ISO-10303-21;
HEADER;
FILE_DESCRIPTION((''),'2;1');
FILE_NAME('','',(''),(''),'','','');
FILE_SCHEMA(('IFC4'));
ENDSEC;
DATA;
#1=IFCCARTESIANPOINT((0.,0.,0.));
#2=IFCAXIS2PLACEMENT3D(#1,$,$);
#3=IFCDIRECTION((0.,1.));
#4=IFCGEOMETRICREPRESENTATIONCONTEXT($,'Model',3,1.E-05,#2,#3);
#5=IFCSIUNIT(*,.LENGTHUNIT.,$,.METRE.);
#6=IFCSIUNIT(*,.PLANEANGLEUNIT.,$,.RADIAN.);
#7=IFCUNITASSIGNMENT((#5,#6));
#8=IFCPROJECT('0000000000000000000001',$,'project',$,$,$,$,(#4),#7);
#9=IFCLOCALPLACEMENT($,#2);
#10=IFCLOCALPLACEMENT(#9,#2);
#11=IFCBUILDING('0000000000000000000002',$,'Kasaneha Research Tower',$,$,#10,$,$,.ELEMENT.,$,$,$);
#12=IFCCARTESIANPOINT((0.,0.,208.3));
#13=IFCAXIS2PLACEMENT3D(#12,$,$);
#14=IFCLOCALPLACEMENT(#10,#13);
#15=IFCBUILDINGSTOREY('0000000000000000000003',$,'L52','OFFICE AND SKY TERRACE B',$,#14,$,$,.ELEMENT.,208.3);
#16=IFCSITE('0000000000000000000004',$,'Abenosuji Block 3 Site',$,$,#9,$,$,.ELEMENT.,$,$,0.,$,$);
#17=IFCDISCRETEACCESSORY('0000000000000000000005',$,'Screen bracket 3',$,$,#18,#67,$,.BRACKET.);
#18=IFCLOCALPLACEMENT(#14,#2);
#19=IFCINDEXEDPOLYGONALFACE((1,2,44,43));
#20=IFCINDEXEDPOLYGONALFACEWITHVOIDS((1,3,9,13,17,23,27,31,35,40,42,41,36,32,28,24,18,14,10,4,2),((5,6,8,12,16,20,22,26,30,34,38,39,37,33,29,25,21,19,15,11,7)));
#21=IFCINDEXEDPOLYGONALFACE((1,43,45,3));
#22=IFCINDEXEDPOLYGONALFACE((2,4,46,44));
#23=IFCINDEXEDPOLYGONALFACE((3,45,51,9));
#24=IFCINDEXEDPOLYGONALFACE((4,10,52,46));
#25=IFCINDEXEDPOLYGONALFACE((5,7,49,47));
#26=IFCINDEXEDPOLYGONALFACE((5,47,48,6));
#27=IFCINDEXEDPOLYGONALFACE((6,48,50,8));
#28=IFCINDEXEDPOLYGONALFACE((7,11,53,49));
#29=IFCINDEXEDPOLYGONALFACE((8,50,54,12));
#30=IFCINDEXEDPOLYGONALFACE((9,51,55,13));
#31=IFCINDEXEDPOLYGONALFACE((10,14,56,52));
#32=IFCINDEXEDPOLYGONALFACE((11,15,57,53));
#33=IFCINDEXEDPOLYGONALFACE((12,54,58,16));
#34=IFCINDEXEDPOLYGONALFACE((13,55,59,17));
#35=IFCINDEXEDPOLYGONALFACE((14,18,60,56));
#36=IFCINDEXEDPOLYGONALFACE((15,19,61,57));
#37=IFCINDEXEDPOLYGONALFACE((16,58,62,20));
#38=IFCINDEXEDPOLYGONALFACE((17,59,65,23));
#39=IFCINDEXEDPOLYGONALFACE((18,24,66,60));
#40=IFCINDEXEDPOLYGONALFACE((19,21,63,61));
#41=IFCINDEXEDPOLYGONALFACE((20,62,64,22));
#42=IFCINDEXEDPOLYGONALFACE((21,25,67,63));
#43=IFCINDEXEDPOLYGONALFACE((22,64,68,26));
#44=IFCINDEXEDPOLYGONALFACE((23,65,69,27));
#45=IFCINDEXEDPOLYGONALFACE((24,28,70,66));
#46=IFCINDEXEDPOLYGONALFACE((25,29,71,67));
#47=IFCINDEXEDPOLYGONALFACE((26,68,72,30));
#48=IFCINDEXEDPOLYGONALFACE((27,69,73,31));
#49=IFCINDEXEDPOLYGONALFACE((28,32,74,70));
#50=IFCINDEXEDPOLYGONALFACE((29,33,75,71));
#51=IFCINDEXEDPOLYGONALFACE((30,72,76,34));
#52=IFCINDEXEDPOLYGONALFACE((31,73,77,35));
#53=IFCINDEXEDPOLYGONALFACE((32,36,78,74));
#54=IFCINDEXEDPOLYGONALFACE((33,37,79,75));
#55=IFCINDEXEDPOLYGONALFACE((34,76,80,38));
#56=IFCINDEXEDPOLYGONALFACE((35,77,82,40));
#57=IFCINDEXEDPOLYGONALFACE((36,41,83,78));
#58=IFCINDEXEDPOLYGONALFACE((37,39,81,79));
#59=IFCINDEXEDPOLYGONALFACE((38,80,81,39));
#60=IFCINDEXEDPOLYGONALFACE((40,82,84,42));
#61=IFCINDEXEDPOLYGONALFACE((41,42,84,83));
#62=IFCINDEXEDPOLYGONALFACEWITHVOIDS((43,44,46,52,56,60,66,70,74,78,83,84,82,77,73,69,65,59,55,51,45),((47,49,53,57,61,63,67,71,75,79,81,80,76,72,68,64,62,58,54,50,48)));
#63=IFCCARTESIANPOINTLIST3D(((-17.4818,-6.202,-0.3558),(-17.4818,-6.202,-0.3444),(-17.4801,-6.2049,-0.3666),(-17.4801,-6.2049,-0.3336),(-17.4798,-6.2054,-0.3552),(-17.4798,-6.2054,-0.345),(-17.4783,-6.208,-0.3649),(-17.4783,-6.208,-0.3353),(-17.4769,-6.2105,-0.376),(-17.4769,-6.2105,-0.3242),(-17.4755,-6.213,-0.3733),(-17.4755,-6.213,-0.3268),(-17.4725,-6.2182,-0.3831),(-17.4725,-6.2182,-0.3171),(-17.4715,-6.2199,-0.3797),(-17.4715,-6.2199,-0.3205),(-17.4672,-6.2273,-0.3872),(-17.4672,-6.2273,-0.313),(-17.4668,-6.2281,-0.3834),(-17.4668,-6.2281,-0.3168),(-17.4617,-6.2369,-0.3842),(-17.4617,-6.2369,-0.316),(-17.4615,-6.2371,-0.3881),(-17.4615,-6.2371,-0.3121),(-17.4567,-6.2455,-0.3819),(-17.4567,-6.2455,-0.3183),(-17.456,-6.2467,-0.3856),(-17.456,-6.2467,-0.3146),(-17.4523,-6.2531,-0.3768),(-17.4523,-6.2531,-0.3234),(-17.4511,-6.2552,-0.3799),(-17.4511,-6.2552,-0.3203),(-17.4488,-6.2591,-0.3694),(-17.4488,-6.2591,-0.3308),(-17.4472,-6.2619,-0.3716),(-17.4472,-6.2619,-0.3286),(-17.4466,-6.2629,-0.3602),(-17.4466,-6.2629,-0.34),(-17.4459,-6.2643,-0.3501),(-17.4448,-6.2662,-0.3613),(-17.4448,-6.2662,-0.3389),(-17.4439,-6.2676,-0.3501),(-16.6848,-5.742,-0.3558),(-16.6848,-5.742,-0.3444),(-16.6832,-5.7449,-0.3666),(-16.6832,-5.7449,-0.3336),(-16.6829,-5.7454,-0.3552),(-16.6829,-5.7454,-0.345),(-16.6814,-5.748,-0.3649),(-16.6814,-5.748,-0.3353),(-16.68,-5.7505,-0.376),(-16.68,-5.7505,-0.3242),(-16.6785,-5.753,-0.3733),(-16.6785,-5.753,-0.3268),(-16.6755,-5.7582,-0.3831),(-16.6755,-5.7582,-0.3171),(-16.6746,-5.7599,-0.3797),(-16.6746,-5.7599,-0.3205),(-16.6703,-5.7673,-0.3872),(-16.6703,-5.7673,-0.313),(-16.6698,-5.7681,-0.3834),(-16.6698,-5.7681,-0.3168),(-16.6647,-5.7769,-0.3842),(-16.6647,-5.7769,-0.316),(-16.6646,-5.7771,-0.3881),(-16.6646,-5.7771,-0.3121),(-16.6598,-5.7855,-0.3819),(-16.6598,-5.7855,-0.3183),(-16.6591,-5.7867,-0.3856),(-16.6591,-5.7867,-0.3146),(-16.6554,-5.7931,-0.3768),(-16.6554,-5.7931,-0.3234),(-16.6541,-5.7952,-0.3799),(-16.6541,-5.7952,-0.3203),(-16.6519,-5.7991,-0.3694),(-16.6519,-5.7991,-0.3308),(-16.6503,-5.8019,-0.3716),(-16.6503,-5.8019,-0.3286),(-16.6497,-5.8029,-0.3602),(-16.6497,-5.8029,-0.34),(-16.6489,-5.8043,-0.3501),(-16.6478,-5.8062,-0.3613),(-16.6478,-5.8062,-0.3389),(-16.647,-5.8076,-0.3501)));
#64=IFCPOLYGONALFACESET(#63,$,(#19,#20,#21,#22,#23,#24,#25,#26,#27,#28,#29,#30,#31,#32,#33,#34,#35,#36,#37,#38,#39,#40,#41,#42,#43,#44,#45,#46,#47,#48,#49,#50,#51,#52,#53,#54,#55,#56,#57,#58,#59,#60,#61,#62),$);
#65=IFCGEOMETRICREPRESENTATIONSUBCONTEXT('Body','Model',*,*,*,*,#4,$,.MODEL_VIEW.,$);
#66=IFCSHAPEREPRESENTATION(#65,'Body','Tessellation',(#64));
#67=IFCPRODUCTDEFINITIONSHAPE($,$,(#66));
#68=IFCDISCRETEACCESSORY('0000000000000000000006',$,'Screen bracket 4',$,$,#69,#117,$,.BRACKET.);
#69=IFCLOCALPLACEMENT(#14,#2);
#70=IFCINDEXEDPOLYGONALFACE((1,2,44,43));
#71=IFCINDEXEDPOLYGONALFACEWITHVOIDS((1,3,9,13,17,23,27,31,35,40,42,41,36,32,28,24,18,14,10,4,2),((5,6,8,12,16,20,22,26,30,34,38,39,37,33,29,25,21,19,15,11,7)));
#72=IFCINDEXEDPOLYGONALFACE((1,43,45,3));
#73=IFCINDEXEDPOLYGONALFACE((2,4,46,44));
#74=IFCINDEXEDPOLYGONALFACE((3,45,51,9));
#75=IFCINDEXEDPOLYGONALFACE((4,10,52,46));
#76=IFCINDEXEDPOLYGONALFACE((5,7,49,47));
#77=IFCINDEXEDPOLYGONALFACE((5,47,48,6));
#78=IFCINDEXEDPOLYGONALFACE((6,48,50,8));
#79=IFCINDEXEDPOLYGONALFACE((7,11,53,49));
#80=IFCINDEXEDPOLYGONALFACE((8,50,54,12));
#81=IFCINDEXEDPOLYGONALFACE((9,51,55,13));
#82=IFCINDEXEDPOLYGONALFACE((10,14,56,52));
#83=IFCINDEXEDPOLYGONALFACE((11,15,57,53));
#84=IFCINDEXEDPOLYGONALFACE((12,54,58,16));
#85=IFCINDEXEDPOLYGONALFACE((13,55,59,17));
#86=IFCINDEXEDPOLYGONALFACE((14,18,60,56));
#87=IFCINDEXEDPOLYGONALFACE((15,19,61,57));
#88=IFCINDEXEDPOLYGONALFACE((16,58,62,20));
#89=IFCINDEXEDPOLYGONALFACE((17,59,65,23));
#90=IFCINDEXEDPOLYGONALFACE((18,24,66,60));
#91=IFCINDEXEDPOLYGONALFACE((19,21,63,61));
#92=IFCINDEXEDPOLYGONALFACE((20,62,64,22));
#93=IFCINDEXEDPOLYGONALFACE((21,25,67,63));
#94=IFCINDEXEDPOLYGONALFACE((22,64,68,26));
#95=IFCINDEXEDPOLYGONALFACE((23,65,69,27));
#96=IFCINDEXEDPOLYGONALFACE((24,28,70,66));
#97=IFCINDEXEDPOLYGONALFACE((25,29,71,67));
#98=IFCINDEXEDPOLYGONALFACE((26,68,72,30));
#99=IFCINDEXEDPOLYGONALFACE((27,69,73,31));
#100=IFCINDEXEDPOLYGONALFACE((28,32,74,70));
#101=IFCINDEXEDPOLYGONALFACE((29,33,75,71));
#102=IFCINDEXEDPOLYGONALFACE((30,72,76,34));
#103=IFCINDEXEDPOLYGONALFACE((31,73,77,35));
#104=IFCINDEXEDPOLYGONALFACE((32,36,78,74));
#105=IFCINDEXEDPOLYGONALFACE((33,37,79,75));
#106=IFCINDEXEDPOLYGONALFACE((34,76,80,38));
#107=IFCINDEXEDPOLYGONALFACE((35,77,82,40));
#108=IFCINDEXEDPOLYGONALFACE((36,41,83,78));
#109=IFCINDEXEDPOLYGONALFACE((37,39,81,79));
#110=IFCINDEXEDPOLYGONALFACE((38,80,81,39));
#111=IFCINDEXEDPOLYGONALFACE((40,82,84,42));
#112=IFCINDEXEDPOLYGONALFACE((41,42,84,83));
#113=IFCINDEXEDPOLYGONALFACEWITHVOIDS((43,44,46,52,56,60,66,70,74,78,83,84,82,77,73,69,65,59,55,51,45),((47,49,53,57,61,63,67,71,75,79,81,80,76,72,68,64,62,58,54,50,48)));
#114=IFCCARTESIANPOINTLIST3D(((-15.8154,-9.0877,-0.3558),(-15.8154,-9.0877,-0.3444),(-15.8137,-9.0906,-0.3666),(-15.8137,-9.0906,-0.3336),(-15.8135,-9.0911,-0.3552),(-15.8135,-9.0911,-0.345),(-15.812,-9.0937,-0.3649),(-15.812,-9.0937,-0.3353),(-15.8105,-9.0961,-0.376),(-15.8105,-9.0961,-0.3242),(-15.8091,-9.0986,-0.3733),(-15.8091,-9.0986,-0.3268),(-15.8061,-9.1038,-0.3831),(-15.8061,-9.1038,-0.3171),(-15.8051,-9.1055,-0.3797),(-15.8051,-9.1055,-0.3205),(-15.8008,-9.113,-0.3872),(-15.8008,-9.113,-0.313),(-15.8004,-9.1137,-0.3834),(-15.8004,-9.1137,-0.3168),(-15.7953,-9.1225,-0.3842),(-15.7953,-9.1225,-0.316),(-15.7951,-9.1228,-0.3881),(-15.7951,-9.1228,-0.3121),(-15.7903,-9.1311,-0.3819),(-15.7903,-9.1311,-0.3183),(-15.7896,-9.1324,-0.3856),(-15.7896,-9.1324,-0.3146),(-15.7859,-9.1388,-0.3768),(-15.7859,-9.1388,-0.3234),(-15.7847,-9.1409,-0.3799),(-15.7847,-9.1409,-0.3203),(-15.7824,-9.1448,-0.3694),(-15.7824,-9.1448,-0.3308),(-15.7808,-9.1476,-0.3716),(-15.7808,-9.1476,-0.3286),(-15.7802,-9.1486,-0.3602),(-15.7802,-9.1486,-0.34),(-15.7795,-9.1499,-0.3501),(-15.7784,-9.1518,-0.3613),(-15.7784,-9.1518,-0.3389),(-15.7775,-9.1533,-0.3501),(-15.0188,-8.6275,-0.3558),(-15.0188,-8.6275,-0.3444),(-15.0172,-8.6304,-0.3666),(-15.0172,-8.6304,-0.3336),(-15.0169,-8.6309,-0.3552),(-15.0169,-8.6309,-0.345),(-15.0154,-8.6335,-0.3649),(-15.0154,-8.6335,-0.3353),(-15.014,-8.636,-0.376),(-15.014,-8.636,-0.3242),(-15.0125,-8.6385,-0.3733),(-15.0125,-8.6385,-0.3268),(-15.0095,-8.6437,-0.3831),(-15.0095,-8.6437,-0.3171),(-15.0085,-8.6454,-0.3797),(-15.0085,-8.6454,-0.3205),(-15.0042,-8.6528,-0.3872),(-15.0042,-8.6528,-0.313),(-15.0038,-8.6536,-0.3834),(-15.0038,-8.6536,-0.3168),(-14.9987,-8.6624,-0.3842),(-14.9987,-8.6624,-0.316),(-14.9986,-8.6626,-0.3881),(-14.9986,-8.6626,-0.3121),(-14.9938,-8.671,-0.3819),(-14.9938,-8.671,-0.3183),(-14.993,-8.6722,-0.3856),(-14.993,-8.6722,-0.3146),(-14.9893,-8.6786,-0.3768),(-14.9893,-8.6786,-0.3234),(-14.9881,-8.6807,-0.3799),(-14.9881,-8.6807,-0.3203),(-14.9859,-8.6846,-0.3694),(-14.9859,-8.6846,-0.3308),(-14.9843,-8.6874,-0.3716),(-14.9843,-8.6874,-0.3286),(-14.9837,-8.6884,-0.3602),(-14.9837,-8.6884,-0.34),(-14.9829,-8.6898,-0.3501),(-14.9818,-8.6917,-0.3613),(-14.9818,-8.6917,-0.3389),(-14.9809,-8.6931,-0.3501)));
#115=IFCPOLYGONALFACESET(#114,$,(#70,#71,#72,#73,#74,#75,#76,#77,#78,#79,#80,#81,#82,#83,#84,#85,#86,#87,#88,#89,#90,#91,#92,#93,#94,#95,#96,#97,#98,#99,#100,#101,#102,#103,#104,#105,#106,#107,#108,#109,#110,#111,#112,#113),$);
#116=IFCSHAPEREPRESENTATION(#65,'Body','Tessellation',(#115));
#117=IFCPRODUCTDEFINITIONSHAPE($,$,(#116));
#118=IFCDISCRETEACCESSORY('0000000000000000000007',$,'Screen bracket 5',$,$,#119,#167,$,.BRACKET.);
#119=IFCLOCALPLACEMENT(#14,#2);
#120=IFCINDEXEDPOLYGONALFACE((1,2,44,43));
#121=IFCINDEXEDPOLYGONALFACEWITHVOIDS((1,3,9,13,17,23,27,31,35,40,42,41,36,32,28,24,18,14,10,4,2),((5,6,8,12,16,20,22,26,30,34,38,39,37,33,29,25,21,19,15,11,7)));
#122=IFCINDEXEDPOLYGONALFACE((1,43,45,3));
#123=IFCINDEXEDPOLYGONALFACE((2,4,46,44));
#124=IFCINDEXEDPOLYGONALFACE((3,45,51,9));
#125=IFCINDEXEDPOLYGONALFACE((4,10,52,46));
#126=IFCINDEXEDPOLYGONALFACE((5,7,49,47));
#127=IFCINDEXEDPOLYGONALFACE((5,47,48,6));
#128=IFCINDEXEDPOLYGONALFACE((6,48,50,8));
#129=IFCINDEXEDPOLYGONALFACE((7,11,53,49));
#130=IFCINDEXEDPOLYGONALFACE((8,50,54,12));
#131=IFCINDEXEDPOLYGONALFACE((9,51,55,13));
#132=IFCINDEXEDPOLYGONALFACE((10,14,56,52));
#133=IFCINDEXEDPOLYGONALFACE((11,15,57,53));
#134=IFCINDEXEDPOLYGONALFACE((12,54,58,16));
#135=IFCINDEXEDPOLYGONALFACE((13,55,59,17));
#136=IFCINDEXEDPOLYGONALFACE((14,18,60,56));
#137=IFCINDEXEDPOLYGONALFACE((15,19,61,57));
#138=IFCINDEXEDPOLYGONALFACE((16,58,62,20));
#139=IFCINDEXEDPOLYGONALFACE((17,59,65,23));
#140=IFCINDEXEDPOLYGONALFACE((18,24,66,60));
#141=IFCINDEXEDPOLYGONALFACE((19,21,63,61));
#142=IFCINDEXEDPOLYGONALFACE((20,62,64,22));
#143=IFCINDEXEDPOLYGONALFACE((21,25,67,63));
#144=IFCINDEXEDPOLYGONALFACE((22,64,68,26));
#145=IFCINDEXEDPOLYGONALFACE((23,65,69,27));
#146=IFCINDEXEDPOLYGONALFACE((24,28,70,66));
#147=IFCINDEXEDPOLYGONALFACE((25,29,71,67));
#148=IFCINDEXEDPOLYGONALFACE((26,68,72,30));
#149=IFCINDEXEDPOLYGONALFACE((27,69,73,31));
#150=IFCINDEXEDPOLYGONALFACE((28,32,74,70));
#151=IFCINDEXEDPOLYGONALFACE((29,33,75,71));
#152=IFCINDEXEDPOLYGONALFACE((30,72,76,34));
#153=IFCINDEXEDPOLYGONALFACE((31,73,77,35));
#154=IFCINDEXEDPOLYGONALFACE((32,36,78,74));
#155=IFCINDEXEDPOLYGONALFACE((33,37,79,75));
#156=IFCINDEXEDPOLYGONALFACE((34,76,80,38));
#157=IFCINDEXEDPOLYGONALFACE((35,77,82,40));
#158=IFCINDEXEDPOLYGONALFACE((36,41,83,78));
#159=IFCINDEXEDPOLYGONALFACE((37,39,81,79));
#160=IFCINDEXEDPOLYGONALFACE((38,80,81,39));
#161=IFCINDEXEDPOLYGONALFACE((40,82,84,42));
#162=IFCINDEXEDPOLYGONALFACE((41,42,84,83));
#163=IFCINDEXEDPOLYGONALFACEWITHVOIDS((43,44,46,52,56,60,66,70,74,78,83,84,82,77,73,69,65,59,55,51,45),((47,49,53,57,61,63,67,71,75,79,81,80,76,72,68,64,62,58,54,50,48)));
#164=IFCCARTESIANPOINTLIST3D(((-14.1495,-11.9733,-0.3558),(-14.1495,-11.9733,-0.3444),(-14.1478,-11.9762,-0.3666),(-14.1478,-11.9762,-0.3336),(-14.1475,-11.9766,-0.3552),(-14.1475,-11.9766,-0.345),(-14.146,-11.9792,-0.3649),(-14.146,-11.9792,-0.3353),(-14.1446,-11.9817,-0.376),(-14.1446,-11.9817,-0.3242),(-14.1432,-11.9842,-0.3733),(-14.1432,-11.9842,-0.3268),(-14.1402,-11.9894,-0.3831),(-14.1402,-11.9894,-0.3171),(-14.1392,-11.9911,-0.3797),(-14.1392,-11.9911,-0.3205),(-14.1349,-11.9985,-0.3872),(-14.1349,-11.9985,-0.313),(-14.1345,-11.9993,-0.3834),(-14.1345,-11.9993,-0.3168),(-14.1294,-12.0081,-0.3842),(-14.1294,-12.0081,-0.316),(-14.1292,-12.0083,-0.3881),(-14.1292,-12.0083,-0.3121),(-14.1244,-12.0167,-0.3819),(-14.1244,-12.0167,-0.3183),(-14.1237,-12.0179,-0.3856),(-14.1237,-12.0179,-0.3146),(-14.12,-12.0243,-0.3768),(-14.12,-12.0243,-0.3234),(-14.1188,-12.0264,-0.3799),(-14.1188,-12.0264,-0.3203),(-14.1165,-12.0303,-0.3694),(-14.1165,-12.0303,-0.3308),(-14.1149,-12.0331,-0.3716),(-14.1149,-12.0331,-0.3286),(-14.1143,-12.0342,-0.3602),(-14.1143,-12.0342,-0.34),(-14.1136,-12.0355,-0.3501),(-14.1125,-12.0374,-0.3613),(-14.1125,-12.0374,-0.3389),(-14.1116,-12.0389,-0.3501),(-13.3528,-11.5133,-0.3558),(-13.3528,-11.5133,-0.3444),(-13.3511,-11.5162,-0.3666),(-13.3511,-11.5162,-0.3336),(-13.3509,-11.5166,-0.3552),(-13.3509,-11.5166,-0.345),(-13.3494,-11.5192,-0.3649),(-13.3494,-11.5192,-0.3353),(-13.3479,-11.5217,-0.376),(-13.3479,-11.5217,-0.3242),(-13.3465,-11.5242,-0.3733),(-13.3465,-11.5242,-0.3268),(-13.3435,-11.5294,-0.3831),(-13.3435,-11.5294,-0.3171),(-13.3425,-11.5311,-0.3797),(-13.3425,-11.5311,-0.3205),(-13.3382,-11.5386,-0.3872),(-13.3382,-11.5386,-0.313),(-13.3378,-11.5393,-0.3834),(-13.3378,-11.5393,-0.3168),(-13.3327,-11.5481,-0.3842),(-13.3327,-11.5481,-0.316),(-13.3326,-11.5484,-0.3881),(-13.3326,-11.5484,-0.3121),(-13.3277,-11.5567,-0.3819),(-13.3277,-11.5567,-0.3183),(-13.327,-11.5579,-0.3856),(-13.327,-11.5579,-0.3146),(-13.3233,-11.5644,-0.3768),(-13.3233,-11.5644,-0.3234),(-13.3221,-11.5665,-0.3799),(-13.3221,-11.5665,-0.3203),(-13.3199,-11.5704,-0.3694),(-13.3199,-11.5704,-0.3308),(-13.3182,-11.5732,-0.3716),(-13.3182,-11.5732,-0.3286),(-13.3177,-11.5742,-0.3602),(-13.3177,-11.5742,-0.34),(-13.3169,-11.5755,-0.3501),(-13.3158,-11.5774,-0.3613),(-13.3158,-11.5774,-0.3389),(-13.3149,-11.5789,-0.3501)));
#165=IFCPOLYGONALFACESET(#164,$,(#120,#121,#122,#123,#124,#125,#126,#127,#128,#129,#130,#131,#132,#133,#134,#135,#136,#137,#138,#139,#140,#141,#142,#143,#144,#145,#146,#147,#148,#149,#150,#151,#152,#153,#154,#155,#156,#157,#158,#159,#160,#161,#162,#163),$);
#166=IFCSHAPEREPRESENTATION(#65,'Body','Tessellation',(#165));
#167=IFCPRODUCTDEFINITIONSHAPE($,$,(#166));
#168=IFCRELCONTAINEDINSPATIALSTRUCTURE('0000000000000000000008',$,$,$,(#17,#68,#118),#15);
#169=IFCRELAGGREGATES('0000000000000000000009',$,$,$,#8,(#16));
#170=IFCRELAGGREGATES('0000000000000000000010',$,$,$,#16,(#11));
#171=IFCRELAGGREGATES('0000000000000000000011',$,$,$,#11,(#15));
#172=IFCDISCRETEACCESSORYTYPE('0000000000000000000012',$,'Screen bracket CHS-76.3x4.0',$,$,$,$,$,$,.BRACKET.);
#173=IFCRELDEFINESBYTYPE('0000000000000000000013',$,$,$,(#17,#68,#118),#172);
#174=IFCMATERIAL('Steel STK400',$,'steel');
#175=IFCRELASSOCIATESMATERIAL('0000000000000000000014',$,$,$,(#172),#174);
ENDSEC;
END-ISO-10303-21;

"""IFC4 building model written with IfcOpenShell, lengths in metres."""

from ifc_helpers import new_model, si_unit, direction, frame, origin, origin_2d, place, context, subcontext, project, spatial, hollow_circle, extrude, material, material_profile, profile_set, type_object, element, save


model = new_model("IFC4")

# Units and contexts
model_context = context("Model", 3, precision=1e-05, world=origin(), true_north=direction((0.0, 1.0)))
body_context = subcontext(model_context, "Body", "Model", "MODEL_VIEW")
ifc_project = project(units=[si_unit("LENGTHUNIT", "METRE"), si_unit("PLANEANGLEUNIT", "RADIAN")], contexts=[model_context])

# Site, building, storey
site_placement = place(None, origin())
site = spatial("IfcSite", under=ifc_project, at=site_placement, Name="Abenosuji Block 3 Site", CompositionType="ELEMENT", RefElevation=0.0)
building_placement = place(site_placement, origin())
building = spatial("IfcBuilding", under=site, at=building_placement, Name="Kasaneha Research Tower", CompositionType="ELEMENT")
storey_placement = place(building_placement, frame((0.0, 0.0, 208.3)))
storey = spatial("IfcBuildingStorey", under=building, at=storey_placement, Name="L52", Description="OFFICE AND SKY TERRACE B", CompositionType="ELEMENT", Elevation=208.3)

# Discrete accessories
ifc_material_1 = material(Name="Steel STK400", Category="steel")
ifc_material_profile_1 = material_profile(ifc_material_1, hollow_circle(Radius=0.0381, WallThickness=0.0039, at=origin_2d()), Name="CHS-76.3x4.0")
ifc_profile_set_1 = profile_set([ifc_material_profile_1], Name="Steel STK400")
discrete_accessory_type = type_object("IfcDiscreteAccessoryType", Name="Screen bracket CHS-76.3x4.0", PredefinedType="BRACKET", material=ifc_profile_set_1)
for number, where, z_axis, x_axis, name in (
    (1, (-16.666, -5.7747, -0.3501), (-0.86608, -0.499906, 0.0), (0.499906, -0.86608, 0.0), "Screen bracket 3"),
):
    element("IfcDiscreteAccessory", number, at=place(storey_placement, frame(where, z_axis=z_axis, x_axis=x_axis)), inside=storey, type_object=discrete_accessory_type, Name=name, PredefinedType="BRACKET", context=body_context, shape_type="SweptSolid", body=[
        extrude(hollow_circle(Radius=0.0381, WallThickness=0.0039, at=origin_2d()), origin(), (0.0, 0.0, 1.0), 0.9202),
    ])
for number, where, z_axis, x_axis, name in (
    (2, (-15.0, -8.6602, -0.3501), (-0.865898, -0.50022, 0.0), (0.50022, -0.865898, 0.0), "Screen bracket 4"),
    (3, (-13.334, -11.5459, -0.3501), (-0.866013, -0.500021, 0.0), (0.500021, -0.866013, 0.0), "Screen bracket 5"),
):
    element("IfcDiscreteAccessory", number, at=place(storey_placement, frame(where, z_axis=z_axis, x_axis=x_axis)), inside=storey, type_object=discrete_accessory_type, Name=name, PredefinedType="BRACKET", context=body_context, shape_type="SweptSolid", body=[
        extrude(hollow_circle(Radius=0.0381, WallThickness=0.0039, at=origin_2d()), origin(), (0.0, 0.0, 1.0), 0.9199),
    ])

save(model, "model.ifc")
